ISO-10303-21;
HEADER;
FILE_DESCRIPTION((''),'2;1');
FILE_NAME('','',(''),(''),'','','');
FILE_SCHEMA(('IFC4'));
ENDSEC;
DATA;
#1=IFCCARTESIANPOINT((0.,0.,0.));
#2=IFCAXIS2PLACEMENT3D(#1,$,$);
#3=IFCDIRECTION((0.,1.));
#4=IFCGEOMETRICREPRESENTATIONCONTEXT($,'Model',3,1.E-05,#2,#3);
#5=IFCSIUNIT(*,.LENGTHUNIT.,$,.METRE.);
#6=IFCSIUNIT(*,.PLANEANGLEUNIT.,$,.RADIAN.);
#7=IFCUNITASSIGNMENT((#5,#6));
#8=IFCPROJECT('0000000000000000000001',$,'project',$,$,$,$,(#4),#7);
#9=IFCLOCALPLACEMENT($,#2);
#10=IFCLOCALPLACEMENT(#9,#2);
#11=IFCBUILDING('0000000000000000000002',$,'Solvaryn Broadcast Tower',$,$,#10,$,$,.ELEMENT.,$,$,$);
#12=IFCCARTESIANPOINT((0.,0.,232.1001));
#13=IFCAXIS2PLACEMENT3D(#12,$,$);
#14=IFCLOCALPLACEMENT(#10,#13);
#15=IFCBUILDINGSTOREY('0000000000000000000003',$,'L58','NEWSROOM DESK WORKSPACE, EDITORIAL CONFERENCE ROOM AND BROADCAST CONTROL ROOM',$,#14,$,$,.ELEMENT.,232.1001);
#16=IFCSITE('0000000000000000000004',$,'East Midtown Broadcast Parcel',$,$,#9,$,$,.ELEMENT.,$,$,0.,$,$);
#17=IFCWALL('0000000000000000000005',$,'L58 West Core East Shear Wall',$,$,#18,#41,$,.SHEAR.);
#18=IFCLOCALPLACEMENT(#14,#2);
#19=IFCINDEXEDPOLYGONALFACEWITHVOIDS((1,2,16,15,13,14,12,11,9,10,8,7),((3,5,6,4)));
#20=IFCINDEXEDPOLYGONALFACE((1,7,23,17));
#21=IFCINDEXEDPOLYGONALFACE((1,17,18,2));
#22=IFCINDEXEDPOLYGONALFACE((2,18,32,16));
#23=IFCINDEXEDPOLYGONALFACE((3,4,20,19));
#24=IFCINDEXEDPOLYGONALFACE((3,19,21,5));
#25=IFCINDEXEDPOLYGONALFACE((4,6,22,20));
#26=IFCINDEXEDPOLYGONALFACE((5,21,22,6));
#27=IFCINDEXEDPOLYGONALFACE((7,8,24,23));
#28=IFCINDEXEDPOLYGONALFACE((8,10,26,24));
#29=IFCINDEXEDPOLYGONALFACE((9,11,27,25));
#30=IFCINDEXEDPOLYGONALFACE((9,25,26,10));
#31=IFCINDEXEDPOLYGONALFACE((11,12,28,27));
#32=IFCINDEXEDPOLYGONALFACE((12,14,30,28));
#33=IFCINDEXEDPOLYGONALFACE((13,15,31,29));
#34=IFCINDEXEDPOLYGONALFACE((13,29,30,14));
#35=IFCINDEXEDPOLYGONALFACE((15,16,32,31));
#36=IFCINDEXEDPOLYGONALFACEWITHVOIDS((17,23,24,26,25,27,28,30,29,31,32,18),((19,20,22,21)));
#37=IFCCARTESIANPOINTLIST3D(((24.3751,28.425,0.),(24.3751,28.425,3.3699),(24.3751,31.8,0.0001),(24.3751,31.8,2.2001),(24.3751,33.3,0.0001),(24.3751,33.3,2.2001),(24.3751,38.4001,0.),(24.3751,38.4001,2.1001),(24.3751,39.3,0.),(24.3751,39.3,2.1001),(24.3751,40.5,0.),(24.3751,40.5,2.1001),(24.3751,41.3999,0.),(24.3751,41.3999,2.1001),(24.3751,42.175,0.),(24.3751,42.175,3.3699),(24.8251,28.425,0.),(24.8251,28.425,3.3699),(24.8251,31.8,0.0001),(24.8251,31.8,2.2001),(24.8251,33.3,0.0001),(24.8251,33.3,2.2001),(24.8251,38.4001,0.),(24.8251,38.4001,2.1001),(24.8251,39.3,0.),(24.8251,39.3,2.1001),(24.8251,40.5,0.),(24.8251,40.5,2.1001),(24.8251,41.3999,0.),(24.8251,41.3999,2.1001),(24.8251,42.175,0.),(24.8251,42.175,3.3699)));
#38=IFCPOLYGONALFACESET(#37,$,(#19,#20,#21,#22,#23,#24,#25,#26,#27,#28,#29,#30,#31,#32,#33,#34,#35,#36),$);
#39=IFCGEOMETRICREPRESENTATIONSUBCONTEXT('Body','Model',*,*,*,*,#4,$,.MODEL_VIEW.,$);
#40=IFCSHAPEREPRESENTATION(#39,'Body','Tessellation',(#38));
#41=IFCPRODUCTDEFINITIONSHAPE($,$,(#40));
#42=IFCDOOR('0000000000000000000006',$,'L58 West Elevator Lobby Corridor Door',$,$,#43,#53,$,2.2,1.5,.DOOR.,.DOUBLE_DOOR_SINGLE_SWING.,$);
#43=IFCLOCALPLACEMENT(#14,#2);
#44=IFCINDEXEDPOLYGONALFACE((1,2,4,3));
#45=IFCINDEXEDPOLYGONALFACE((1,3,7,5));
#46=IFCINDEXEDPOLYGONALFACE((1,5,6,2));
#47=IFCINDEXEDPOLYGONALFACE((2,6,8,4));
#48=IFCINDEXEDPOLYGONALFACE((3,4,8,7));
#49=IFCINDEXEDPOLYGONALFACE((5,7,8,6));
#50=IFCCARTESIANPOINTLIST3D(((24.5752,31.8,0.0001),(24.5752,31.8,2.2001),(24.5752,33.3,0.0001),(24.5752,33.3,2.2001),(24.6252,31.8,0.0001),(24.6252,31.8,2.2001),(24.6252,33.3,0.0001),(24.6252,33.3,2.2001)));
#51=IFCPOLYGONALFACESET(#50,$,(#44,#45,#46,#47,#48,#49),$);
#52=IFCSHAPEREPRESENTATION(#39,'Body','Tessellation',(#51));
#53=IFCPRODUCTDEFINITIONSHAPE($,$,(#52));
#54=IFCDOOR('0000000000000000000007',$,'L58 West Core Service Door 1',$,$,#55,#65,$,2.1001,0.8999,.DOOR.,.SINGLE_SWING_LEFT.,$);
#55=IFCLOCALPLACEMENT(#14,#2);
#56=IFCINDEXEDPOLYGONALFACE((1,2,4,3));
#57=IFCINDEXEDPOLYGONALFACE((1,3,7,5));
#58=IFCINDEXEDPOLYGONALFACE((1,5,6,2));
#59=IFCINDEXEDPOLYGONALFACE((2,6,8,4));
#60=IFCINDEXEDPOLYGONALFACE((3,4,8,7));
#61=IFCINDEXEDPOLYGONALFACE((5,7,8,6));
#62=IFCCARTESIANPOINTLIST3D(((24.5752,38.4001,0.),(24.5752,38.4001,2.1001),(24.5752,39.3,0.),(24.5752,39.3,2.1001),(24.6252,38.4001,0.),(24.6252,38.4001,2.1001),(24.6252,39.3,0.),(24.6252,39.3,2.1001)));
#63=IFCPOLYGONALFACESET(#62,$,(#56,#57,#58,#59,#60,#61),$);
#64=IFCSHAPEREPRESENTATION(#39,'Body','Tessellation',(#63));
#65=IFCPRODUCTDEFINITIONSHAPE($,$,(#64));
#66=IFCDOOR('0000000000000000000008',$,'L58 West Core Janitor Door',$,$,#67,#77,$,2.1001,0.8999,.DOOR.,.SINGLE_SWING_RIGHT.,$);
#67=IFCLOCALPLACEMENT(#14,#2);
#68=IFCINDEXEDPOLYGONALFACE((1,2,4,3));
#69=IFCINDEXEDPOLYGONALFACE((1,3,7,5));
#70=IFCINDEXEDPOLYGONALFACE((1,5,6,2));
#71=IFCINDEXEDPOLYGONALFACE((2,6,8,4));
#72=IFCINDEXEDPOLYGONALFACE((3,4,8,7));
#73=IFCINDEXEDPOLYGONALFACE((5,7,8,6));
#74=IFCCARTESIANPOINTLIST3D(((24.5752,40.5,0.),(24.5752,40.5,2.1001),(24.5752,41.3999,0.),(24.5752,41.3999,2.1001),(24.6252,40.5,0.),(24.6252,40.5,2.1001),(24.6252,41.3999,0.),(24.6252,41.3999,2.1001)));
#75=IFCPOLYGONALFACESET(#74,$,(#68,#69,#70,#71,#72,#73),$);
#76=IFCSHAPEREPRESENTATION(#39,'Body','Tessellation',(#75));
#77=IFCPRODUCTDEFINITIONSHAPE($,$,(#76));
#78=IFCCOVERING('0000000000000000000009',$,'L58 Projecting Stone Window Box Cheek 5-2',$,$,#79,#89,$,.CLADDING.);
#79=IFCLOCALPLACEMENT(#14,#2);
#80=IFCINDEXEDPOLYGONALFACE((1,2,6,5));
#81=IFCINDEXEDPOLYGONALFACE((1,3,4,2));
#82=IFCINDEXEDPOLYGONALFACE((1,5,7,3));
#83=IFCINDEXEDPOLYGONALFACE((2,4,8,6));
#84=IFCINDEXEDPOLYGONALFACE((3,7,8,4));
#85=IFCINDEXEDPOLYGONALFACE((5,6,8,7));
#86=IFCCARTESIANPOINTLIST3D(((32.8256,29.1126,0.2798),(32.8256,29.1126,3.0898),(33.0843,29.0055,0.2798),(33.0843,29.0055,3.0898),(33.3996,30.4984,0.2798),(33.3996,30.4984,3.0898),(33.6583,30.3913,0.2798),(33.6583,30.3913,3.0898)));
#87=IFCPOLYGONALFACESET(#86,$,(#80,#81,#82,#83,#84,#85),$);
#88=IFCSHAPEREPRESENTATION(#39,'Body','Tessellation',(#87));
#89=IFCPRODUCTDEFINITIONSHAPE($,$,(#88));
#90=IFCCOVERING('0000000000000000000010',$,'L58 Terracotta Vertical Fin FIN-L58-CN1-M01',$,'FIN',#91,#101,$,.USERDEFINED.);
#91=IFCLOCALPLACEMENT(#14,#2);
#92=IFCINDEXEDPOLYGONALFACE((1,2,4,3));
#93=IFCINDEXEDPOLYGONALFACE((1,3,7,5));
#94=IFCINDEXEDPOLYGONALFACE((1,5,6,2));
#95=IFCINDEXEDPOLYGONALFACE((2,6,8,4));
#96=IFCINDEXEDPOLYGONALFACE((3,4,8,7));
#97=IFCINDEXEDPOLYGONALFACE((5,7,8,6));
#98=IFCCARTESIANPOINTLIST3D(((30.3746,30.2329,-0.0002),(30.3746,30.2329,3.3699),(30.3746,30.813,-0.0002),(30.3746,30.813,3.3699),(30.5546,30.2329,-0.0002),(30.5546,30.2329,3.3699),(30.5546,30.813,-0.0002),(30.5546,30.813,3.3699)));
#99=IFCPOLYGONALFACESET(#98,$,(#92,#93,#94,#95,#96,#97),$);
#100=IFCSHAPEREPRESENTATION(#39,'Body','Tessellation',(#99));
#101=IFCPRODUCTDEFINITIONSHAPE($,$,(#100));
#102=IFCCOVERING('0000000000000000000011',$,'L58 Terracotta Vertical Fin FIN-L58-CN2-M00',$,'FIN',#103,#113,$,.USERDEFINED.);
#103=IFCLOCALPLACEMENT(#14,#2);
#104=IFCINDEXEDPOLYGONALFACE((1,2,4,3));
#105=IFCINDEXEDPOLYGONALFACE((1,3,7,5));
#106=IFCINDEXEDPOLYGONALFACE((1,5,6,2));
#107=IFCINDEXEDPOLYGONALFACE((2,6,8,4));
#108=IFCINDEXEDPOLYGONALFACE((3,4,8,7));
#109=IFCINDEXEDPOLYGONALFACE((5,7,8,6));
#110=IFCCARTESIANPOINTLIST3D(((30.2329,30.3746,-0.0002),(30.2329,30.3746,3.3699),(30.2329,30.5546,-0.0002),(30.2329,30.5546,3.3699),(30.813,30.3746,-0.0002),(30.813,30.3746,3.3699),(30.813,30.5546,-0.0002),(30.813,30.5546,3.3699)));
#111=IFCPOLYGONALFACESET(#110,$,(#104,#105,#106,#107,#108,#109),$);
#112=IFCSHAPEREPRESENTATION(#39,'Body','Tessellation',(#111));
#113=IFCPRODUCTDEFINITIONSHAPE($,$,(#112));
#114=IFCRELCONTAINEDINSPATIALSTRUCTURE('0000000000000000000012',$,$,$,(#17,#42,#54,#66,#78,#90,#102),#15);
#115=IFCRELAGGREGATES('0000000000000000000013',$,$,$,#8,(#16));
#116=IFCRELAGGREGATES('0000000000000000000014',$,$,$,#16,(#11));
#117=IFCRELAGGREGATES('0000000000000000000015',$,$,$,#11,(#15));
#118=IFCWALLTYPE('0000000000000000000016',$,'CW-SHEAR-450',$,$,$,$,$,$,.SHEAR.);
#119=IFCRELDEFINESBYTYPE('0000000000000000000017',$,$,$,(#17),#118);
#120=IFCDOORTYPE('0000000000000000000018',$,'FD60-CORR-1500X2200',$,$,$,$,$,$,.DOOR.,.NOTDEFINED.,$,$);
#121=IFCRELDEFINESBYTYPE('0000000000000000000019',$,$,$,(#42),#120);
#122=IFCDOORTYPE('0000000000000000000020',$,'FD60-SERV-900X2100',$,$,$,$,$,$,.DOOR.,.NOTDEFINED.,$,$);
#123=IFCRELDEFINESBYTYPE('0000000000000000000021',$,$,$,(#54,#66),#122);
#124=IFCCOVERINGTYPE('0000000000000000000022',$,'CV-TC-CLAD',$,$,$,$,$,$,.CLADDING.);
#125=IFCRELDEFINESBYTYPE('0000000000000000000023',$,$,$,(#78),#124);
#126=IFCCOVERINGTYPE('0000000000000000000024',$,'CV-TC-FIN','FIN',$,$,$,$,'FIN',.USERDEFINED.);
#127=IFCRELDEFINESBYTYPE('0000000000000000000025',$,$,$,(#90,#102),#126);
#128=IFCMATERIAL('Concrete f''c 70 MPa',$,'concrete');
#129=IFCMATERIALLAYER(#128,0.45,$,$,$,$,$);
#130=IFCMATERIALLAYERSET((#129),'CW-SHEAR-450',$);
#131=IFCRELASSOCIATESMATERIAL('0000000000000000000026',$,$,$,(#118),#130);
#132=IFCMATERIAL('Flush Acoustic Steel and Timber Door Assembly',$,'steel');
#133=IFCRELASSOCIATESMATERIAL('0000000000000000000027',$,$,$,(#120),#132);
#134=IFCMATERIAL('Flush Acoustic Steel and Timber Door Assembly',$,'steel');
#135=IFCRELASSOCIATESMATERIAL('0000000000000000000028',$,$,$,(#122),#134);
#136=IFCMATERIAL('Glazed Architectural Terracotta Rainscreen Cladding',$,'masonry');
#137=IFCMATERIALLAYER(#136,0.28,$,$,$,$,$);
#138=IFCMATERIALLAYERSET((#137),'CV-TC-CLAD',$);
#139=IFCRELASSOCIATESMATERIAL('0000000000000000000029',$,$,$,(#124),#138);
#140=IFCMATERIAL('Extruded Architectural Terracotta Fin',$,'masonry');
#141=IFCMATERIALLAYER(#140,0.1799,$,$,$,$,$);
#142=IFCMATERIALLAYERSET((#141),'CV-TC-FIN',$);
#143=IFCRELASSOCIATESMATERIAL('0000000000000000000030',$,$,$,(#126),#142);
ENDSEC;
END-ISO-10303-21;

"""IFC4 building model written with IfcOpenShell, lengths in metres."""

from ifc_helpers import new_model, si_unit, direction, frame, frame_2d, origin, origin_2d, place, context, subcontext, project, spatial, rectangle, extrude, material, layer, layer_set, type_object, element, fill, save


model = new_model("IFC4")

# Units and contexts
model_context = context("Model", 3, precision=1e-05, world=origin(), true_north=direction((0.0, 1.0)))
body_context = subcontext(model_context, "Body", "Model", "MODEL_VIEW")
ifc_project = project(units=[si_unit("LENGTHUNIT", "METRE"), si_unit("PLANEANGLEUNIT", "RADIAN")], contexts=[model_context])

# Site, building, storey
site_placement = place(None, origin())
site = spatial("IfcSite", under=ifc_project, at=site_placement, Name="East Midtown Broadcast Parcel", CompositionType="ELEMENT", RefElevation=0.0)
building_placement = place(site_placement, origin())
building = spatial("IfcBuilding", under=site, at=building_placement, Name="Solvaryn Broadcast Tower", CompositionType="ELEMENT")
storey_placement = place(building_placement, frame((0.0, 0.0, 232.1001)))
storey = spatial("IfcBuildingStorey", under=building, at=storey_placement, Name="L58", Description="NEWSROOM DESK WORKSPACE, EDITORIAL CONFERENCE ROOM AND BROADCAST CONTROL ROOM", CompositionType="ELEMENT", Elevation=232.1001)

# Wall, openings, doors
ifc_material_1 = material(Name="Concrete f'c 70 MPa", Category="concrete")
ifc_layer_1 = layer(ifc_material_1, 0.45)
ifc_layer_set_1 = layer_set([ifc_layer_1], Name="CW-SHEAR-450")
wall_type_1 = type_object("IfcWallType", Name="CW-SHEAR-450", PredefinedType="SHEAR", material=ifc_layer_set_1)
wall_1_placement = place(storey_placement, frame((24.6001, 28.425, 0.0), z_axis=(0.0, 0.0, 1.0), x_axis=(0.0, 1.0, 0.0)))
wall_1 = element("IfcWall", 1, at=wall_1_placement, inside=storey, type_object=wall_type_1, Name="L58 West Core East Shear Wall", PredefinedType="SHEAR", context=body_context, shape_type="SweptSolid", body=[
    extrude(rectangle(XDim=13.75, YDim=0.45, at=frame_2d((6.875, 0.0))), origin(), (0.0, 0.0, 1.0), 3.3699),
])
opening_1_placement = place(wall_1_placement, frame((3.375, 0.0, 0.0)))
opening_1 = element("IfcOpeningElement", 2, at=opening_1_placement, cuts=wall_1, PredefinedType="OPENING", context=body_context, shape_type="SweptSolid", body=[
    extrude(rectangle(XDim=1.5, YDim=2.2, at=frame_2d((0.75, 1.1001))), frame((0.0, 0.2351, 0.0), z_axis=(0.0, -1.0, 0.0), x_axis=(1.0, 0.0, 0.0)), (0.0, 0.0, 1.0), 0.47),
])
opening_2_placement = place(wall_1_placement, frame((9.9751, 0.0, 0.0)))
opening_2 = element("IfcOpeningElement", 3, at=opening_2_placement, cuts=wall_1, PredefinedType="OPENING", context=body_context, shape_type="SweptSolid", body=[
    extrude(rectangle(XDim=0.8999, YDim=2.1001, at=frame_2d((0.45, 1.05))), frame((0.0, 0.2351, 0.0), z_axis=(0.0, -1.0, 0.0), x_axis=(1.0, 0.0, 0.0)), (0.0, 0.0, 1.0), 0.47),
])
opening_3_placement = place(wall_1_placement, frame((12.075, 0.0, 0.0)))
opening_3 = element("IfcOpeningElement", 4, at=opening_3_placement, cuts=wall_1, PredefinedType="OPENING", context=body_context, shape_type="SweptSolid", body=[
    extrude(rectangle(XDim=0.8999, YDim=2.1001, at=frame_2d((0.45, 1.05))), frame((0.0, 0.2351, 0.0), z_axis=(0.0, -1.0, 0.0), x_axis=(1.0, 0.0, 0.0)), (0.0, 0.0, 1.0), 0.47),
])
ifc_material_2 = material(Name="Flush Acoustic Steel and Timber Door Assembly", Category="steel")
door_type_1 = type_object("IfcDoorType", Name="FD60-CORR-1500X2200", OperationType="NOTDEFINED", PredefinedType="DOOR", material=ifc_material_2)
door_1_placement = place(opening_1_placement, origin())
door_1 = element("IfcDoor", 5, at=door_1_placement, inside=storey, type_object=door_type_1, Name="L58 West Elevator Lobby Corridor Door", OperationType="DOUBLE_DOOR_SINGLE_SWING", OverallHeight=2.2, OverallWidth=1.5, PredefinedType="DOOR", context=body_context, shape_type="SweptSolid", body=[
    extrude(rectangle(XDim=1.5, YDim=2.2, at=frame_2d((0.75, 1.1001))), frame((0.0, 0.0249, 0.0), z_axis=(0.0, -1.0, 0.0), x_axis=(1.0, 0.0, 0.0)), (0.0, 0.0, 1.0), 0.05),
])
fill(opening_1, door_1)
ifc_material_3 = material(Name="Flush Acoustic Steel and Timber Door Assembly", Category="steel")
door_type_2 = type_object("IfcDoorType", Name="FD60-SERV-900X2100", OperationType="NOTDEFINED", PredefinedType="DOOR", material=ifc_material_3)
door_2_placement = place(opening_2_placement, origin())
door_2 = element("IfcDoor", 6, at=door_2_placement, inside=storey, type_object=door_type_2, Name="L58 West Core Service Door 1", OperationType="SINGLE_SWING_LEFT", OverallHeight=2.1001, OverallWidth=0.8999, PredefinedType="DOOR", context=body_context, shape_type="SweptSolid", body=[
    extrude(rectangle(XDim=0.8999, YDim=2.1001, at=frame_2d((0.45, 1.05))), frame((0.0, 0.0249, 0.0), z_axis=(0.0, -1.0, 0.0), x_axis=(1.0, 0.0, 0.0)), (0.0, 0.0, 1.0), 0.05),
])
fill(opening_2, door_2)
door_3_placement = place(opening_3_placement, origin())
door_3 = element("IfcDoor", 7, at=door_3_placement, inside=storey, type_object=door_type_2, Name="L58 West Core Janitor Door", OperationType="SINGLE_SWING_RIGHT", OverallHeight=2.1001, OverallWidth=0.8999, PredefinedType="DOOR", context=body_context, shape_type="SweptSolid", body=[
    extrude(rectangle(XDim=0.8999, YDim=2.1001, at=frame_2d((0.45, 1.05))), frame((0.0, 0.0249, 0.0), z_axis=(0.0, -1.0, 0.0), x_axis=(1.0, 0.0, 0.0)), (0.0, 0.0, 1.0), 0.05),
])
fill(opening_3, door_3)

# Coverings
ifc_material_4 = material(Name="Glazed Architectural Terracotta Rainscreen Cladding", Category="masonry")
ifc_layer_2 = layer(ifc_material_4, 0.28)
ifc_layer_set_2 = layer_set([ifc_layer_2], Name="CV-TC-CLAD")
covering_type_1 = type_object("IfcCoveringType", Name="CV-TC-CLAD", PredefinedType="CLADDING", material=ifc_layer_set_2)
covering_1_placement = place(storey_placement, frame((33.2419, 29.752, 0.2798), z_axis=(0.0, 0.0, 1.0), x_axis=(-0.92388, 0.382683, 0.0)))
element("IfcCovering", 8, at=covering_1_placement, inside=storey, type_object=covering_type_1, Name="L58 Projecting Stone Window Box Cheek 5-2", PredefinedType="CLADDING", context=body_context, shape_type="SweptSolid", body=[
    extrude(rectangle(XDim=0.28, YDim=1.5, at=origin_2d()), origin(), (0.0, 0.0, 1.0), 2.8101),
])
ifc_material_5 = material(Name="Extruded Architectural Terracotta Fin", Category="masonry")
ifc_layer_3 = layer(ifc_material_5, 0.1799)
ifc_layer_set_3 = layer_set([ifc_layer_3], Name="CV-TC-FIN")
covering_type_2 = type_object("IfcCoveringType", Name="CV-TC-FIN", Description="FIN", ElementType="FIN", PredefinedType="USERDEFINED", material=ifc_layer_set_3)
covering_2_placement = place(storey_placement, frame((30.4646, 30.5229, -0.0002), z_axis=(0.0, 0.0, 1.0), x_axis=(1.0, 0.0, 0.0)))
element("IfcCovering", 9, at=covering_2_placement, inside=storey, type_object=covering_type_2, Name="L58 Terracotta Vertical Fin FIN-L58-CN1-M01", ObjectType="FIN", PredefinedType="USERDEFINED", context=body_context, shape_type="SweptSolid", body=[
    extrude(rectangle(XDim=0.1799, YDim=0.5801, at=origin_2d()), origin(), (0.0, 0.0, 1.0), 3.3701),
])
covering_3_placement = place(storey_placement, frame((30.5229, 30.4646, -0.0002), z_axis=(0.0, 0.0, 1.0), x_axis=(1.0, 0.0, 0.0)))
element("IfcCovering", 10, at=covering_3_placement, inside=storey, type_object=covering_type_2, Name="L58 Terracotta Vertical Fin FIN-L58-CN2-M00", ObjectType="FIN", PredefinedType="USERDEFINED", context=body_context, shape_type="SweptSolid", body=[
    extrude(rectangle(XDim=0.5801, YDim=0.1799, at=origin_2d()), origin(), (0.0, 0.0, 1.0), 3.3701),
])

save(model, "model.ifc")
